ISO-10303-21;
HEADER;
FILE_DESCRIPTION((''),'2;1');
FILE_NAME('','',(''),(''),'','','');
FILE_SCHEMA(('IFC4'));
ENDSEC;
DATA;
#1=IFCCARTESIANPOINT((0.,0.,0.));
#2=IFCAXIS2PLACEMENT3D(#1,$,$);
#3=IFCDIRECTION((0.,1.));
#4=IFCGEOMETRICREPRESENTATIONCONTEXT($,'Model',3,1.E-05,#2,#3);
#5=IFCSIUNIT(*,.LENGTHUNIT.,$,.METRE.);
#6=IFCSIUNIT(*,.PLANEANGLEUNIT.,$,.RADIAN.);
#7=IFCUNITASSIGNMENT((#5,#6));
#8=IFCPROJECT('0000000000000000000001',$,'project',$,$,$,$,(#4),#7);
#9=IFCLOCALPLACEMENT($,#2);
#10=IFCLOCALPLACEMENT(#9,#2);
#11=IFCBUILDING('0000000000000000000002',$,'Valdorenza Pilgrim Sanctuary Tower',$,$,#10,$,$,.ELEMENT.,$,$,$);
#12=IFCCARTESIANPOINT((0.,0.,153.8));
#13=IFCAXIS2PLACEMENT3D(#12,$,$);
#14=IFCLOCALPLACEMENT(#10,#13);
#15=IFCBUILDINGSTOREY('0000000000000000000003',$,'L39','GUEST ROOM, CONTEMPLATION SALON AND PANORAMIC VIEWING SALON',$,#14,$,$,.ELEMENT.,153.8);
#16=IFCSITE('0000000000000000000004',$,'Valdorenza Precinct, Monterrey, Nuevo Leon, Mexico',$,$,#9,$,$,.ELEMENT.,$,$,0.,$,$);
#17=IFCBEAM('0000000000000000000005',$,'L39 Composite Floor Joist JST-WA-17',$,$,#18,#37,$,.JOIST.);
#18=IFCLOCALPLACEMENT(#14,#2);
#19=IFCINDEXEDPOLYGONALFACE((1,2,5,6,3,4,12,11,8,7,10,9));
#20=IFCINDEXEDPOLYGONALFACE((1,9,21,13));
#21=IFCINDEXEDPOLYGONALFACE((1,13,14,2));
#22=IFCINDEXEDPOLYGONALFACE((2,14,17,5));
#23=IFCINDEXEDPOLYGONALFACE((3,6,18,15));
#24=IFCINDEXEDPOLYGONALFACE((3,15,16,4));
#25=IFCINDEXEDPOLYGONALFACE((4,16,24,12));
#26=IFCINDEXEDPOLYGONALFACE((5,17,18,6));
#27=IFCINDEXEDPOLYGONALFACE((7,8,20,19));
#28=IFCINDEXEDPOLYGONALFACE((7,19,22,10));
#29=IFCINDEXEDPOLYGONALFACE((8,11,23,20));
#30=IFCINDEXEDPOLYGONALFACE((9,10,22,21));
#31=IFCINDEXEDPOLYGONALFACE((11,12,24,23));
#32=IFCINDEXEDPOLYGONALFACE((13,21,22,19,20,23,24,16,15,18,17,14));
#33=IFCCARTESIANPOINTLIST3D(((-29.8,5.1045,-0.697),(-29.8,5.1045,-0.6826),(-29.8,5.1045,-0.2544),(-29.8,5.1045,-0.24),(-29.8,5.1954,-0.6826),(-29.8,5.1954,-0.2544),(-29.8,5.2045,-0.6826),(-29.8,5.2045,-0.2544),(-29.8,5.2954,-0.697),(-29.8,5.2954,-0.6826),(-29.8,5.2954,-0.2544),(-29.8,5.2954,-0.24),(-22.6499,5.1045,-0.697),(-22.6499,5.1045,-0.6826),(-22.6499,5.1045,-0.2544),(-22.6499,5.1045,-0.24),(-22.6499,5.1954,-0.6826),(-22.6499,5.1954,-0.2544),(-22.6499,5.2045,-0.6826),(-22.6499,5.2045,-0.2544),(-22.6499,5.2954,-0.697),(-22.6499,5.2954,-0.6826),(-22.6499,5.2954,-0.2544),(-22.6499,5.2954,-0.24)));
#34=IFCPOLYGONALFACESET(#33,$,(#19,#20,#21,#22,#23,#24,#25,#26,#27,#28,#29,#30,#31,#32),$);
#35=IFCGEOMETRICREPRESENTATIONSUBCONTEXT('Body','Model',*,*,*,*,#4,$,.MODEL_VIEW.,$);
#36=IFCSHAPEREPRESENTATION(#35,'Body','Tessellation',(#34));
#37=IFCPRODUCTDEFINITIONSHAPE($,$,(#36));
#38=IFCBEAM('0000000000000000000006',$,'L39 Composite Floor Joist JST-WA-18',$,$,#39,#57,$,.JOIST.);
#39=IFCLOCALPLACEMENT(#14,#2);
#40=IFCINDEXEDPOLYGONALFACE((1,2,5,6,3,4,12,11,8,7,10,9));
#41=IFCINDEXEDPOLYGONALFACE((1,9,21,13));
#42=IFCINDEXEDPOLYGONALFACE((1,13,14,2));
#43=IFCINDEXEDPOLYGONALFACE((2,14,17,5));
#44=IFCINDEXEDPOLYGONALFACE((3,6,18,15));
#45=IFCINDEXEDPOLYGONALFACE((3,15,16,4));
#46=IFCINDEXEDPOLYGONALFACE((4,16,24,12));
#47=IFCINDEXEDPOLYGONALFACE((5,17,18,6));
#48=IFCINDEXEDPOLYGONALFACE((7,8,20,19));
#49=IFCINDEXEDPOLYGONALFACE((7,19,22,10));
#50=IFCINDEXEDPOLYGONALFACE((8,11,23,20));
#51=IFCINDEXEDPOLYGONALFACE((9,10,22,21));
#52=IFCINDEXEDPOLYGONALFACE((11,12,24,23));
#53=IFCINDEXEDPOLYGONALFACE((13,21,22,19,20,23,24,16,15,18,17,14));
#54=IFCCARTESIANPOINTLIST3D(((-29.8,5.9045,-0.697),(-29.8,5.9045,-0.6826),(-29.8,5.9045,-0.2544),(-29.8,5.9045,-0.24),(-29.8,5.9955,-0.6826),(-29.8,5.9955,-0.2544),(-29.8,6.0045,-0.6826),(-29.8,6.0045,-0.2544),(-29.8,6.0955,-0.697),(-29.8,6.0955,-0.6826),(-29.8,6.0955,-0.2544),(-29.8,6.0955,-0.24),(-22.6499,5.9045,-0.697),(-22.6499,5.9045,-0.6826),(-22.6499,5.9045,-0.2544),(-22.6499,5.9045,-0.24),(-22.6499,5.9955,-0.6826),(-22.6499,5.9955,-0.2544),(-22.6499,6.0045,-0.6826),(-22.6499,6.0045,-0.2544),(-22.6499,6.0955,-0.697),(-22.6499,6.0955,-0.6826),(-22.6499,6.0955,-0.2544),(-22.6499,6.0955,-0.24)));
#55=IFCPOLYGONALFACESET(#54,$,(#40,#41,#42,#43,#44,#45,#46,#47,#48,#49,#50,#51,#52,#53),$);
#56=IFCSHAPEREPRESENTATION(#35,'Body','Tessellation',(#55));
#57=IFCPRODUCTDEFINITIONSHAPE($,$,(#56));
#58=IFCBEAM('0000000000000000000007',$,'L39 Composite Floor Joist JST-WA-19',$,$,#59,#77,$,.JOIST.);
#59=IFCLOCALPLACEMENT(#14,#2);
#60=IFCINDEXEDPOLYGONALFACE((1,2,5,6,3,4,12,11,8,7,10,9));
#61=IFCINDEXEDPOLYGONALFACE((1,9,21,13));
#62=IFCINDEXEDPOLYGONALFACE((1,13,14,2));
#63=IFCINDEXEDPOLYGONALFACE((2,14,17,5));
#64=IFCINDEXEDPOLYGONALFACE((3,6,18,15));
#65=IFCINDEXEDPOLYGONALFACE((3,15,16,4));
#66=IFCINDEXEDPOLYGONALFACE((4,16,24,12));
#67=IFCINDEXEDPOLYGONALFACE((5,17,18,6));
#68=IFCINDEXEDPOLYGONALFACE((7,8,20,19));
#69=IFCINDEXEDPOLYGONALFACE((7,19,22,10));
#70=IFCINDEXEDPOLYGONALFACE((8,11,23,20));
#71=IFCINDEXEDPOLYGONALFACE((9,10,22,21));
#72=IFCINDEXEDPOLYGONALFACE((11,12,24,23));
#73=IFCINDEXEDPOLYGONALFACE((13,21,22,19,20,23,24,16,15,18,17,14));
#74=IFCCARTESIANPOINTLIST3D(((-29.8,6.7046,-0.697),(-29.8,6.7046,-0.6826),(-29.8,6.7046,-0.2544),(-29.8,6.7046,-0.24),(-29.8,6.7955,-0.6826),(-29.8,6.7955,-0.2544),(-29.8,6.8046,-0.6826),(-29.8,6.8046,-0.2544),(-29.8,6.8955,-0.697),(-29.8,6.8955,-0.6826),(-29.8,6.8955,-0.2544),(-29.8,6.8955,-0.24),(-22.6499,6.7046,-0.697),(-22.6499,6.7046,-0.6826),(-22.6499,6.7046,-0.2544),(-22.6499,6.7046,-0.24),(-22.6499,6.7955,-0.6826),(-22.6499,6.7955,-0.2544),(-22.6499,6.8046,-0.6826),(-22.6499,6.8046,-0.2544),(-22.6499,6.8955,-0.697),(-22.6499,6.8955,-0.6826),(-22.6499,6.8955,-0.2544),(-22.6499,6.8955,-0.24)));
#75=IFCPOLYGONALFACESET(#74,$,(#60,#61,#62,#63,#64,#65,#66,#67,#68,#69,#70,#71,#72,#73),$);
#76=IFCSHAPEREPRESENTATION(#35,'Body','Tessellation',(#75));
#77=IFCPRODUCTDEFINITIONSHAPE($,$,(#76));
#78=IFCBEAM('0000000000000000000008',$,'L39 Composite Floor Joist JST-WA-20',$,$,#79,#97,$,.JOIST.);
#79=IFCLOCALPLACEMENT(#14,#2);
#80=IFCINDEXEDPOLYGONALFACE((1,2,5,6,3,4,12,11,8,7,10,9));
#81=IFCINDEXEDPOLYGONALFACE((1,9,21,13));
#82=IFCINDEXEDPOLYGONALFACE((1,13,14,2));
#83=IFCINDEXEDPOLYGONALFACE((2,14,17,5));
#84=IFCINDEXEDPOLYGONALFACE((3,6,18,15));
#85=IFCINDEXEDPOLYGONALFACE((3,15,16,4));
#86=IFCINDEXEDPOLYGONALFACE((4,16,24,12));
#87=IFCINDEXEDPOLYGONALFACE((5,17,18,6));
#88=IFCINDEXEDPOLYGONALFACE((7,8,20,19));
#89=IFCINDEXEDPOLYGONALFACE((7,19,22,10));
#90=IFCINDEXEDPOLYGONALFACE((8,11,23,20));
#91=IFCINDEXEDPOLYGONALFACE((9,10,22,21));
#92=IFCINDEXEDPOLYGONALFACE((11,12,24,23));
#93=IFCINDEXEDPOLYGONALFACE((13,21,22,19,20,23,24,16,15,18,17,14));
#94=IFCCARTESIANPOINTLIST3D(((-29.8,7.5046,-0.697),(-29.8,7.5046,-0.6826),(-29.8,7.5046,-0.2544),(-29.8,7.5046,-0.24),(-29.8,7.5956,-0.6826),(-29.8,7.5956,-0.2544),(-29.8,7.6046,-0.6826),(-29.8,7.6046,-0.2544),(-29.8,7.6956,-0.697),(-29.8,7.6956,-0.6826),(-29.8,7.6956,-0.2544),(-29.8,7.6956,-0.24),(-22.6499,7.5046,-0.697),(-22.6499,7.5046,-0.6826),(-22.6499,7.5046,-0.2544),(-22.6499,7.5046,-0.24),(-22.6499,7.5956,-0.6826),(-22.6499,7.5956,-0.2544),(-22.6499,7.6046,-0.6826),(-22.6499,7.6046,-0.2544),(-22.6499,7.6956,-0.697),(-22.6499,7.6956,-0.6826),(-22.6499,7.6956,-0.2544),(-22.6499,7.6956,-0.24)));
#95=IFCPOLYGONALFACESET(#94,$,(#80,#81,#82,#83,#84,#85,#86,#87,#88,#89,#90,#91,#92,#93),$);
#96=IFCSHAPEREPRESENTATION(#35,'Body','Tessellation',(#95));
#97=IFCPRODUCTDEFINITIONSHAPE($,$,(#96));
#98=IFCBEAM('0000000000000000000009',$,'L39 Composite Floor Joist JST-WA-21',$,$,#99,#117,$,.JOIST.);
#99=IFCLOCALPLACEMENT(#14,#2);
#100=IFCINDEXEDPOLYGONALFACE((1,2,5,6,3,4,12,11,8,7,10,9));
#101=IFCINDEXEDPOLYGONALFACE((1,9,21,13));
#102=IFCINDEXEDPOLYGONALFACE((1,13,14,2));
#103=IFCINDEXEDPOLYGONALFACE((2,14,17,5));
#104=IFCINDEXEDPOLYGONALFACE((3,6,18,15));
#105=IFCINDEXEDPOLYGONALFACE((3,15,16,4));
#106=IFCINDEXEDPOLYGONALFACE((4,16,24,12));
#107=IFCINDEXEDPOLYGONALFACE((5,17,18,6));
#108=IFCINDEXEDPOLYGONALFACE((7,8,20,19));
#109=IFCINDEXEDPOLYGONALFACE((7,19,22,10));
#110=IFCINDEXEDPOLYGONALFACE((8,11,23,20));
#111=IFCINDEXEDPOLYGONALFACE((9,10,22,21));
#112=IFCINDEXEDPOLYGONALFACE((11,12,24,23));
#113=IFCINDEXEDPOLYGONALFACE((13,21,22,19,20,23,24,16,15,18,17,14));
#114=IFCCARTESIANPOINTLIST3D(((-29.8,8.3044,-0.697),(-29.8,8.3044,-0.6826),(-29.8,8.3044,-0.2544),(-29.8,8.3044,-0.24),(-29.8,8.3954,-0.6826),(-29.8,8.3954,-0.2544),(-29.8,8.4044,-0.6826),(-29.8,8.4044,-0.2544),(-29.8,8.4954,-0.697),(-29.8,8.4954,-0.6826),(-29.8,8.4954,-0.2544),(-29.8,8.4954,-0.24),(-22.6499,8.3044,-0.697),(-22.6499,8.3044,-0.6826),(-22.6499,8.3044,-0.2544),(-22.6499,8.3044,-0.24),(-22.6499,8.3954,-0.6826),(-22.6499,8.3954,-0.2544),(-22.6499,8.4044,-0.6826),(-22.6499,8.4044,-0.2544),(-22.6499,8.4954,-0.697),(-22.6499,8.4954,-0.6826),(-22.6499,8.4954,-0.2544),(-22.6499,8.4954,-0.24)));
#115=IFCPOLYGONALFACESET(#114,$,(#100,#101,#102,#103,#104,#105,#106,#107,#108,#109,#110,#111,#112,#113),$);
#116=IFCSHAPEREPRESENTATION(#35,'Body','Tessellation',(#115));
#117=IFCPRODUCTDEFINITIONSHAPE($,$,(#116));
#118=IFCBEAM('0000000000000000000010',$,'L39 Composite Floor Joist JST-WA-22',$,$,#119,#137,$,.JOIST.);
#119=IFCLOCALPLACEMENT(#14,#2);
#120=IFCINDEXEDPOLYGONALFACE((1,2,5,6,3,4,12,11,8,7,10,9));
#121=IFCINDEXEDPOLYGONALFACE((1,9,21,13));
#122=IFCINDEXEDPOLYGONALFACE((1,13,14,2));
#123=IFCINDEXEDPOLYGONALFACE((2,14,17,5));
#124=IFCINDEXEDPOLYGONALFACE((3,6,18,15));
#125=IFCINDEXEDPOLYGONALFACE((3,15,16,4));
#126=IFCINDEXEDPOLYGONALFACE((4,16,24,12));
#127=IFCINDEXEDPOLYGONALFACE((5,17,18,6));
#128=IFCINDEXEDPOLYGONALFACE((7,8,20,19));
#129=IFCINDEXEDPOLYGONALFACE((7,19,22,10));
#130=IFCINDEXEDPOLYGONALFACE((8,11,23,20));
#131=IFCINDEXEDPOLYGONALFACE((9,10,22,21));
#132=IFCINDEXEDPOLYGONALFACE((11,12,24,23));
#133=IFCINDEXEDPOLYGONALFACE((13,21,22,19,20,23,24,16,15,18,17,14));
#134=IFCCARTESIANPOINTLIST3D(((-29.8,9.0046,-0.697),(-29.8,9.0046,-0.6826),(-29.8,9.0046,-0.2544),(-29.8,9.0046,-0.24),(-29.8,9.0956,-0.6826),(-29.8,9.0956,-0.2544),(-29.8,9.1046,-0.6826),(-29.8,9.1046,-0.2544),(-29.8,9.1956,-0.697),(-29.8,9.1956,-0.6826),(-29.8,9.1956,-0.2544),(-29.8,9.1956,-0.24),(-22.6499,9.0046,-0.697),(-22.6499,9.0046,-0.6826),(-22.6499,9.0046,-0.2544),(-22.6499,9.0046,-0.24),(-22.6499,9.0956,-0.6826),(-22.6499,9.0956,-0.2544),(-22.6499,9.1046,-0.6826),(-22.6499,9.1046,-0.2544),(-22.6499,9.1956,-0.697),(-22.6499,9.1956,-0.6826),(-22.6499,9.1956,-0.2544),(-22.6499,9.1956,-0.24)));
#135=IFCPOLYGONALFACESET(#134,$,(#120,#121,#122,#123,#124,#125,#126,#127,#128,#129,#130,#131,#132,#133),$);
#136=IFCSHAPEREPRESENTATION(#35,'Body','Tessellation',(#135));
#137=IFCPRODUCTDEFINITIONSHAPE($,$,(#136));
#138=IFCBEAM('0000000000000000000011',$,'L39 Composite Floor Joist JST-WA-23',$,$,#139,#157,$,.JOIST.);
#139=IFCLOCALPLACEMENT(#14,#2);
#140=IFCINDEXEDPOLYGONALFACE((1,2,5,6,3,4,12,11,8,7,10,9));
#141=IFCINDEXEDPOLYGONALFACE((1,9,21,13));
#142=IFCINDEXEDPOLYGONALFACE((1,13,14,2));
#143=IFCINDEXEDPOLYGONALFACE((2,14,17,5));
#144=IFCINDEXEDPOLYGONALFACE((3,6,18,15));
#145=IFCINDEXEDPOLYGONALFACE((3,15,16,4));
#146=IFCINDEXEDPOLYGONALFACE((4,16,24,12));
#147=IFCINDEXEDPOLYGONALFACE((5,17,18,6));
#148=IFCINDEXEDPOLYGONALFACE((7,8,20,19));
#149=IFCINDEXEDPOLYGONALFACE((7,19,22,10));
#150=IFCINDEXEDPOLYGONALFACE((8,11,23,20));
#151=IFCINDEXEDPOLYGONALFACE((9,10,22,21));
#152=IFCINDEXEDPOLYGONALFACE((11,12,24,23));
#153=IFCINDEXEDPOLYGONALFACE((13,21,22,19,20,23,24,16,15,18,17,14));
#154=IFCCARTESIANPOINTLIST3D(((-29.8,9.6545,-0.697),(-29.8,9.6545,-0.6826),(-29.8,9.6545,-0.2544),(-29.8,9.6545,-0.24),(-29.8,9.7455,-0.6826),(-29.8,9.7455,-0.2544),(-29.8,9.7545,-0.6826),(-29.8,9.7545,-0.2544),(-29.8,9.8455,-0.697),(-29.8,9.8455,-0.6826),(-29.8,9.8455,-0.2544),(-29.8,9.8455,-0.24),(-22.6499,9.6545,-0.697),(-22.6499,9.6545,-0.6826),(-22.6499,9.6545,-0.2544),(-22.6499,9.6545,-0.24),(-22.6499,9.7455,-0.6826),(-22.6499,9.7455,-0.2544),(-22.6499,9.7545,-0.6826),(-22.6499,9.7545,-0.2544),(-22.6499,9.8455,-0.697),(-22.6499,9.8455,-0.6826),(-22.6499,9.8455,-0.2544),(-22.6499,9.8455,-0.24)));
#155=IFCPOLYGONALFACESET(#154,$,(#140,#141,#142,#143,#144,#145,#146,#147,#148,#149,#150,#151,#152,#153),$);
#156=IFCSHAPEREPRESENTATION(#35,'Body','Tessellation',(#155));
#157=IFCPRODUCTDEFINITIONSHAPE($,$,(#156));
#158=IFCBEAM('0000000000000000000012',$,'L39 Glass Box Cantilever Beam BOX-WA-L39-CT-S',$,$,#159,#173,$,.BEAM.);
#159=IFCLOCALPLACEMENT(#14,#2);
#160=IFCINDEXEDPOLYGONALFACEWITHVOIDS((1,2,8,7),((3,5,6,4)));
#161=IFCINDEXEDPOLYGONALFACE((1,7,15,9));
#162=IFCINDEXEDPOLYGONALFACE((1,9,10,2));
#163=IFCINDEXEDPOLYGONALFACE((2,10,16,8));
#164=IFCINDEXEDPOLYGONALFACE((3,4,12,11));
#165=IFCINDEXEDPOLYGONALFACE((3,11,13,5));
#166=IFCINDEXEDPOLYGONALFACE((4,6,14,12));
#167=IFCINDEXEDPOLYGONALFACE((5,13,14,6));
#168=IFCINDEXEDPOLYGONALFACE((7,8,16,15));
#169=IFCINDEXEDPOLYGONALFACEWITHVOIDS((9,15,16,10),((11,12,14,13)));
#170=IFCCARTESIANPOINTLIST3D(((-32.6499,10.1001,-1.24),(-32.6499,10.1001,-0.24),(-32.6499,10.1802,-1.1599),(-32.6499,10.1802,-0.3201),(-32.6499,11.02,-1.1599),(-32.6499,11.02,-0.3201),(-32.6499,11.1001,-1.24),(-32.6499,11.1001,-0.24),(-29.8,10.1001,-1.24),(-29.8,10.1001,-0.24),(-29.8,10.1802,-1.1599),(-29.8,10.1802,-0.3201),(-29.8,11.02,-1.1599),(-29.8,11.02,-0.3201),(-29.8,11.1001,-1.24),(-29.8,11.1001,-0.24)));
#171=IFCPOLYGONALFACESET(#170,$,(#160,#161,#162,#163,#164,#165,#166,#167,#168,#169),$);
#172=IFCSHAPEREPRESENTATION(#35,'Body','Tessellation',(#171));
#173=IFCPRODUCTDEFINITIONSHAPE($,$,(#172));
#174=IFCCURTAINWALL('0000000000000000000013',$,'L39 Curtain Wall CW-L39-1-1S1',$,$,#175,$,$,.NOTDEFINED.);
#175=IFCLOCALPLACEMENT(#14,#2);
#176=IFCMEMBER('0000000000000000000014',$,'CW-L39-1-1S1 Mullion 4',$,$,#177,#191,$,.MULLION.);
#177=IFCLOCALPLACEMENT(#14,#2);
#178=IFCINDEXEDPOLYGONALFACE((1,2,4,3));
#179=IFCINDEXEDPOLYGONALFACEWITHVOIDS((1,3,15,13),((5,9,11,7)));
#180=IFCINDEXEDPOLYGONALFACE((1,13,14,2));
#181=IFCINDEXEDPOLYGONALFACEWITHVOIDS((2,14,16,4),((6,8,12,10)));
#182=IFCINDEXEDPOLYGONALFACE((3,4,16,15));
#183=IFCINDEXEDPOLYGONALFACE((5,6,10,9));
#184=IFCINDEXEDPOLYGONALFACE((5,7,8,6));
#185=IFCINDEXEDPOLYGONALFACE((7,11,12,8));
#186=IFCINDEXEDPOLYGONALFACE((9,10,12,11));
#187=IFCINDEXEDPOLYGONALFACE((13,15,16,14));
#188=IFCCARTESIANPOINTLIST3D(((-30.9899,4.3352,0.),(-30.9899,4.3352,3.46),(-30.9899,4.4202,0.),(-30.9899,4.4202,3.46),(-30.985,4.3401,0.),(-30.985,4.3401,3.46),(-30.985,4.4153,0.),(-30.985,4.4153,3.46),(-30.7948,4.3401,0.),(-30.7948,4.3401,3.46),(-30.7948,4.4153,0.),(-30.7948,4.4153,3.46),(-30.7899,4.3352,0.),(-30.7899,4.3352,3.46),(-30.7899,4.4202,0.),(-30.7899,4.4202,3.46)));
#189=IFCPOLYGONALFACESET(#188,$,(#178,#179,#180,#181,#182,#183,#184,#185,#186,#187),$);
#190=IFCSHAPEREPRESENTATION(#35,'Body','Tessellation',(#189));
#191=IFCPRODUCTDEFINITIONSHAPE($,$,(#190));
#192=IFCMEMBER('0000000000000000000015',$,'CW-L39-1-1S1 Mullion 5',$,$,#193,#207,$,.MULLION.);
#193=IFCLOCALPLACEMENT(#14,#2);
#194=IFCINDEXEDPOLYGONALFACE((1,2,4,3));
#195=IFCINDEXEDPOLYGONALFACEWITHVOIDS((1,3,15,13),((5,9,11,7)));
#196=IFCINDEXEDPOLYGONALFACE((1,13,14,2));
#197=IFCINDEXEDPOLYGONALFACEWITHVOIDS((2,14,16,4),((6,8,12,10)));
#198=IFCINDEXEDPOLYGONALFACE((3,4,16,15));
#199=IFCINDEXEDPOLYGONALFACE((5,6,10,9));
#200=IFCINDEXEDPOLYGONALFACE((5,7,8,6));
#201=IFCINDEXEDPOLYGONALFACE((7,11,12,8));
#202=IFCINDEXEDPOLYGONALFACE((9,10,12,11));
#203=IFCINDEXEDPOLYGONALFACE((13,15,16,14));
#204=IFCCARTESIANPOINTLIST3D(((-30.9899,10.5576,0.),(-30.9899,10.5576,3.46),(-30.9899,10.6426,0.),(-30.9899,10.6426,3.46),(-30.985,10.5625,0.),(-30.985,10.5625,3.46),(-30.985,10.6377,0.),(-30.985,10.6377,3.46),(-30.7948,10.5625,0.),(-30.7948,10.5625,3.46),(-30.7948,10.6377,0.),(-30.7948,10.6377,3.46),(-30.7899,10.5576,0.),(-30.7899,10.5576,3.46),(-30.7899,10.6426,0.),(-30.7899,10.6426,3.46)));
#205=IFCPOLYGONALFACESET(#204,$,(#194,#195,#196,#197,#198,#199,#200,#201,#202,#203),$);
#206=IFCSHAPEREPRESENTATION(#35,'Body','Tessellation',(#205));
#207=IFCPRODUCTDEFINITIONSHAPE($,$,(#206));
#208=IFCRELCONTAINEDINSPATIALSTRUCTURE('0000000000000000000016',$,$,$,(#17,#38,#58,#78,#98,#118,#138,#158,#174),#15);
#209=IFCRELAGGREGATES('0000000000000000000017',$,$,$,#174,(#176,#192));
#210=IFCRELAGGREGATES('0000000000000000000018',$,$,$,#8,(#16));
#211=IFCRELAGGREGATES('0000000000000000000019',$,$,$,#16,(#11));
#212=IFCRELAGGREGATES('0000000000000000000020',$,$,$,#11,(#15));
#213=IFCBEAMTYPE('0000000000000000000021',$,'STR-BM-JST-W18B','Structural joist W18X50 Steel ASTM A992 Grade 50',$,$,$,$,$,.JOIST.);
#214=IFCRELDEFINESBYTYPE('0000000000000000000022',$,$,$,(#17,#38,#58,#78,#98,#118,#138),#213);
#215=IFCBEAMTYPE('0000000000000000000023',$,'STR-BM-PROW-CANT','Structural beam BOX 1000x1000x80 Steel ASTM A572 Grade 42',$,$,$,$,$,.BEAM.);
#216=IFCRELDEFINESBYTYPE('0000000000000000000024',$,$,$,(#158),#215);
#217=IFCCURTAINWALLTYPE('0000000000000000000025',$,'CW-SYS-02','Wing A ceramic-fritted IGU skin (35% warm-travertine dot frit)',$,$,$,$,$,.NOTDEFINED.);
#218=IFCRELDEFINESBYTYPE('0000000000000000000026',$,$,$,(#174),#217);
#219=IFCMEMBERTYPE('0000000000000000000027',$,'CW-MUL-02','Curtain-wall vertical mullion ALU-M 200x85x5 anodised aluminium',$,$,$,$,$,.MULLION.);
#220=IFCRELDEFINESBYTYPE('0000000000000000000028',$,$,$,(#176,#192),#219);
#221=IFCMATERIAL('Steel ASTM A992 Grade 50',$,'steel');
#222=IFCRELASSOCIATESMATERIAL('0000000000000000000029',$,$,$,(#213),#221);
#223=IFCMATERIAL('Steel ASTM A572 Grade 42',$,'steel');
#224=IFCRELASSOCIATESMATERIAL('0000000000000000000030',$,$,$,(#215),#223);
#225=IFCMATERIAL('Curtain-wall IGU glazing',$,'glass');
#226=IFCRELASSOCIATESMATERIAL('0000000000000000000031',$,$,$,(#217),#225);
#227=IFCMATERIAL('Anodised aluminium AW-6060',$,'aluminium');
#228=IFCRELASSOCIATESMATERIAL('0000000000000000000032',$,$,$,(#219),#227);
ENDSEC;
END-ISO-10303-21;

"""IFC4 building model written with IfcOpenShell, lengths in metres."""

from ifc_helpers import new_model, si_unit, direction, frame, origin, origin_2d, place, context, subcontext, project, spatial, hollow_rectangle, i_section, extrude, source, transform, mapped, material, material_profile, profile_set, type_object, element, aggregate, save


model = new_model("IFC4")

# Units and contexts
model_context = context("Model", 3, precision=1e-05, world=origin(), true_north=direction((0.0, 1.0)))
body_context = subcontext(model_context, "Body", "Model", "MODEL_VIEW")
ifc_project = project(units=[si_unit("LENGTHUNIT", "METRE"), si_unit("PLANEANGLEUNIT", "RADIAN")], contexts=[model_context])

# Site, building, storey
site_placement = place(None, origin())
site = spatial("IfcSite", under=ifc_project, at=site_placement, Name="Valdorenza Precinct, Monterrey, Nuevo Leon, Mexico", CompositionType="ELEMENT", RefElevation=0.0)
building_placement = place(site_placement, origin())
building = spatial("IfcBuilding", under=site, at=building_placement, Name="Valdorenza Pilgrim Sanctuary Tower", CompositionType="ELEMENT")
storey_placement = place(building_placement, frame((0.0, 0.0, 153.8)))
storey = spatial("IfcBuildingStorey", under=building, at=storey_placement, Name="L39", Description="GUEST ROOM, CONTEMPLATION SALON AND PANORAMIC VIEWING SALON", CompositionType="ELEMENT", Elevation=153.8)

# Beams
ifc_material_1 = material(Name="Steel ASTM A992 Grade 50", Category="steel")
ifc_material_profile_1 = material_profile(ifc_material_1, i_section(OverallWidth=0.1909, OverallDepth=0.457, WebThickness=0.009, FlangeThickness=0.0144, at=origin_2d()), Name="W18X50")
ifc_profile_set_1 = profile_set([ifc_material_profile_1], Name="Steel ASTM A992 Grade 50")
beam_type_1 = type_object("IfcBeamType", Name="STR-BM-JST-W18B", Description="Structural joist W18X50 Steel ASTM A992 Grade 50", PredefinedType="JOIST", material=ifc_profile_set_1)
shared_shape_1 = source(origin(), body_context, "Body", "SweptSolid", [
    extrude(i_section(OverallWidth=0.1909, OverallDepth=0.457, WebThickness=0.009, FlangeThickness=0.0144, at=origin_2d()), origin(), (0.0, 0.0, 1.0), 7.1501),
])
for number, where, z_axis, x_axis, name in (
    (1, (-29.8, 5.2, -0.4685), (1.0, 0.0, 0.0), (0.0, 1.0, 0.0), "L39 Composite Floor Joist JST-WA-17"),
    (2, (-29.8, 6.0, -0.4685), (1.0, 0.0, 0.0), (0.0, 1.0, 0.0), "L39 Composite Floor Joist JST-WA-18"),
    (3, (-29.8, 6.8, -0.4685), (1.0, 0.0, 0.0), (0.0, 1.0, 0.0), "L39 Composite Floor Joist JST-WA-19"),
    (4, (-29.8, 7.6001, -0.4685), (1.0, 0.0, 0.0), (0.0, 1.0, 0.0), "L39 Composite Floor Joist JST-WA-20"),
    (5, (-29.8, 8.3999, -0.4685), (1.0, 0.0, 0.0), (0.0, 1.0, 0.0), "L39 Composite Floor Joist JST-WA-21"),
    (6, (-29.8, 9.1001, -0.4685), (1.0, 0.0, 0.0), (0.0, 1.0, 0.0), "L39 Composite Floor Joist JST-WA-22"),
    (7, (-29.8, 9.75, -0.4685), (1.0, 0.0, 0.0), (0.0, 1.0, 0.0), "L39 Composite Floor Joist JST-WA-23"),
):
    element("IfcBeam", number, at=place(storey_placement, frame(where, z_axis=z_axis, x_axis=x_axis)), inside=storey, type_object=beam_type_1, Name=name, PredefinedType="JOIST", context=body_context, shape_type="MappedRepresentation", body=[
        mapped(shared_shape_1, transform((0.0, 0.0, 0.0), x_axis=(1.0, 0.0, 0.0), y_axis=(0.0, 1.0, 0.0), z_axis=(0.0, 0.0, 1.0), scale=1.0)),
    ])
ifc_material_2 = material(Name="Steel ASTM A572 Grade 42", Category="steel")
ifc_material_profile_2 = material_profile(ifc_material_2, hollow_rectangle(XDim=1.0, YDim=1.0, WallThickness=0.0801, at=origin_2d()), Name="BOX 1000x1000x80")
ifc_profile_set_2 = profile_set([ifc_material_profile_2], Name="Steel ASTM A572 Grade 42")
beam_type_2 = type_object("IfcBeamType", Name="STR-BM-PROW-CANT", Description="Structural beam BOX 1000x1000x80 Steel ASTM A572 Grade 42", PredefinedType="BEAM", material=ifc_profile_set_2)
shared_shape_2 = source(origin(), body_context, "Body", "SweptSolid", [
    extrude(hollow_rectangle(XDim=1.0, YDim=1.0, WallThickness=0.0801, at=origin_2d()), origin(), (0.0, 0.0, 1.0), 2.8499),
])
beam_1_placement = place(storey_placement, frame((-29.8, 10.6001, -0.74), z_axis=(-1.0, 0.0, 0.0), x_axis=(0.0, -1.0, 0.0)))
element("IfcBeam", 8, at=beam_1_placement, inside=storey, type_object=beam_type_2, Name="L39 Glass Box Cantilever Beam BOX-WA-L39-CT-S", PredefinedType="BEAM", context=body_context, shape_type="MappedRepresentation", body=[
    mapped(shared_shape_2, transform((0.0, 0.0, 0.0), x_axis=(1.0, 0.0, 0.0), y_axis=(0.0, 1.0, 0.0), z_axis=(0.0, 0.0, 1.0), scale=1.0)),
])

# Curtain wall, members
ifc_material_3 = material(Name="Curtain-wall IGU glazing", Category="glass")
curtain_wall_type = type_object("IfcCurtainWallType", Name="CW-SYS-02", Description="Wing A ceramic-fritted IGU skin (35% warm-travertine dot frit)", PredefinedType="NOTDEFINED", material=ifc_material_3)
curtain_wall_1_placement = place(storey_placement, origin())
curtain_wall_1 = element("IfcCurtainWall", 9, at=curtain_wall_1_placement, inside=storey, type_object=curtain_wall_type, Name="L39 Curtain Wall CW-L39-1-1S1", PredefinedType="NOTDEFINED")
ifc_material_4 = material(Name="Anodised aluminium AW-6060", Category="aluminium")
ifc_material_profile_3 = material_profile(ifc_material_4, hollow_rectangle(XDim=0.085, YDim=0.2, WallThickness=0.0049, at=origin_2d()), Name="ALU-M 200x85x5")
ifc_profile_set_3 = profile_set([ifc_material_profile_3], Name="Anodised aluminium AW-6060")
member_type_1 = type_object("IfcMemberType", Name="CW-MUL-02", Description="Curtain-wall vertical mullion ALU-M 200x85x5 anodised aluminium", PredefinedType="MULLION", material=ifc_profile_set_3)
shared_shape_3 = source(origin(), body_context, "Body", "SweptSolid", [
    extrude(hollow_rectangle(XDim=0.085, YDim=0.2, WallThickness=0.0049, at=origin_2d()), origin(), (0.0, 0.0, 1.0), 3.46),
])
member_1_placement = place(storey_placement, frame((-30.8899, 4.3777, 0.0), z_axis=(0.0, 0.0, 1.0), x_axis=(0.0, 1.0, 0.0)))
member_1 = element("IfcMember", 10, at=member_1_placement, type_object=member_type_1, Name="CW-L39-1-1S1 Mullion 4", PredefinedType="MULLION", context=body_context, shape_type="MappedRepresentation", body=[
    mapped(shared_shape_3, transform((0.0, 0.0, 0.0), x_axis=(1.0, 0.0, 0.0), y_axis=(0.0, 1.0, 0.0), z_axis=(0.0, 0.0, 1.0), scale=1.0)),
])
member_2_placement = place(storey_placement, frame((-30.8899, 10.6001, 0.0), z_axis=(0.0, 0.0, 1.0), x_axis=(0.0, 1.0, 0.0)))
member_2 = element("IfcMember", 11, at=member_2_placement, type_object=member_type_1, Name="CW-L39-1-1S1 Mullion 5", PredefinedType="MULLION", context=body_context, shape_type="MappedRepresentation", body=[
    mapped(shared_shape_3, transform((0.0, 0.0, 0.0), x_axis=(1.0, 0.0, 0.0), y_axis=(0.0, 1.0, 0.0), z_axis=(0.0, 0.0, 1.0), scale=1.0)),
])

aggregate(curtain_wall_1, [member_1, member_2])

save(model, "model.ifc")
